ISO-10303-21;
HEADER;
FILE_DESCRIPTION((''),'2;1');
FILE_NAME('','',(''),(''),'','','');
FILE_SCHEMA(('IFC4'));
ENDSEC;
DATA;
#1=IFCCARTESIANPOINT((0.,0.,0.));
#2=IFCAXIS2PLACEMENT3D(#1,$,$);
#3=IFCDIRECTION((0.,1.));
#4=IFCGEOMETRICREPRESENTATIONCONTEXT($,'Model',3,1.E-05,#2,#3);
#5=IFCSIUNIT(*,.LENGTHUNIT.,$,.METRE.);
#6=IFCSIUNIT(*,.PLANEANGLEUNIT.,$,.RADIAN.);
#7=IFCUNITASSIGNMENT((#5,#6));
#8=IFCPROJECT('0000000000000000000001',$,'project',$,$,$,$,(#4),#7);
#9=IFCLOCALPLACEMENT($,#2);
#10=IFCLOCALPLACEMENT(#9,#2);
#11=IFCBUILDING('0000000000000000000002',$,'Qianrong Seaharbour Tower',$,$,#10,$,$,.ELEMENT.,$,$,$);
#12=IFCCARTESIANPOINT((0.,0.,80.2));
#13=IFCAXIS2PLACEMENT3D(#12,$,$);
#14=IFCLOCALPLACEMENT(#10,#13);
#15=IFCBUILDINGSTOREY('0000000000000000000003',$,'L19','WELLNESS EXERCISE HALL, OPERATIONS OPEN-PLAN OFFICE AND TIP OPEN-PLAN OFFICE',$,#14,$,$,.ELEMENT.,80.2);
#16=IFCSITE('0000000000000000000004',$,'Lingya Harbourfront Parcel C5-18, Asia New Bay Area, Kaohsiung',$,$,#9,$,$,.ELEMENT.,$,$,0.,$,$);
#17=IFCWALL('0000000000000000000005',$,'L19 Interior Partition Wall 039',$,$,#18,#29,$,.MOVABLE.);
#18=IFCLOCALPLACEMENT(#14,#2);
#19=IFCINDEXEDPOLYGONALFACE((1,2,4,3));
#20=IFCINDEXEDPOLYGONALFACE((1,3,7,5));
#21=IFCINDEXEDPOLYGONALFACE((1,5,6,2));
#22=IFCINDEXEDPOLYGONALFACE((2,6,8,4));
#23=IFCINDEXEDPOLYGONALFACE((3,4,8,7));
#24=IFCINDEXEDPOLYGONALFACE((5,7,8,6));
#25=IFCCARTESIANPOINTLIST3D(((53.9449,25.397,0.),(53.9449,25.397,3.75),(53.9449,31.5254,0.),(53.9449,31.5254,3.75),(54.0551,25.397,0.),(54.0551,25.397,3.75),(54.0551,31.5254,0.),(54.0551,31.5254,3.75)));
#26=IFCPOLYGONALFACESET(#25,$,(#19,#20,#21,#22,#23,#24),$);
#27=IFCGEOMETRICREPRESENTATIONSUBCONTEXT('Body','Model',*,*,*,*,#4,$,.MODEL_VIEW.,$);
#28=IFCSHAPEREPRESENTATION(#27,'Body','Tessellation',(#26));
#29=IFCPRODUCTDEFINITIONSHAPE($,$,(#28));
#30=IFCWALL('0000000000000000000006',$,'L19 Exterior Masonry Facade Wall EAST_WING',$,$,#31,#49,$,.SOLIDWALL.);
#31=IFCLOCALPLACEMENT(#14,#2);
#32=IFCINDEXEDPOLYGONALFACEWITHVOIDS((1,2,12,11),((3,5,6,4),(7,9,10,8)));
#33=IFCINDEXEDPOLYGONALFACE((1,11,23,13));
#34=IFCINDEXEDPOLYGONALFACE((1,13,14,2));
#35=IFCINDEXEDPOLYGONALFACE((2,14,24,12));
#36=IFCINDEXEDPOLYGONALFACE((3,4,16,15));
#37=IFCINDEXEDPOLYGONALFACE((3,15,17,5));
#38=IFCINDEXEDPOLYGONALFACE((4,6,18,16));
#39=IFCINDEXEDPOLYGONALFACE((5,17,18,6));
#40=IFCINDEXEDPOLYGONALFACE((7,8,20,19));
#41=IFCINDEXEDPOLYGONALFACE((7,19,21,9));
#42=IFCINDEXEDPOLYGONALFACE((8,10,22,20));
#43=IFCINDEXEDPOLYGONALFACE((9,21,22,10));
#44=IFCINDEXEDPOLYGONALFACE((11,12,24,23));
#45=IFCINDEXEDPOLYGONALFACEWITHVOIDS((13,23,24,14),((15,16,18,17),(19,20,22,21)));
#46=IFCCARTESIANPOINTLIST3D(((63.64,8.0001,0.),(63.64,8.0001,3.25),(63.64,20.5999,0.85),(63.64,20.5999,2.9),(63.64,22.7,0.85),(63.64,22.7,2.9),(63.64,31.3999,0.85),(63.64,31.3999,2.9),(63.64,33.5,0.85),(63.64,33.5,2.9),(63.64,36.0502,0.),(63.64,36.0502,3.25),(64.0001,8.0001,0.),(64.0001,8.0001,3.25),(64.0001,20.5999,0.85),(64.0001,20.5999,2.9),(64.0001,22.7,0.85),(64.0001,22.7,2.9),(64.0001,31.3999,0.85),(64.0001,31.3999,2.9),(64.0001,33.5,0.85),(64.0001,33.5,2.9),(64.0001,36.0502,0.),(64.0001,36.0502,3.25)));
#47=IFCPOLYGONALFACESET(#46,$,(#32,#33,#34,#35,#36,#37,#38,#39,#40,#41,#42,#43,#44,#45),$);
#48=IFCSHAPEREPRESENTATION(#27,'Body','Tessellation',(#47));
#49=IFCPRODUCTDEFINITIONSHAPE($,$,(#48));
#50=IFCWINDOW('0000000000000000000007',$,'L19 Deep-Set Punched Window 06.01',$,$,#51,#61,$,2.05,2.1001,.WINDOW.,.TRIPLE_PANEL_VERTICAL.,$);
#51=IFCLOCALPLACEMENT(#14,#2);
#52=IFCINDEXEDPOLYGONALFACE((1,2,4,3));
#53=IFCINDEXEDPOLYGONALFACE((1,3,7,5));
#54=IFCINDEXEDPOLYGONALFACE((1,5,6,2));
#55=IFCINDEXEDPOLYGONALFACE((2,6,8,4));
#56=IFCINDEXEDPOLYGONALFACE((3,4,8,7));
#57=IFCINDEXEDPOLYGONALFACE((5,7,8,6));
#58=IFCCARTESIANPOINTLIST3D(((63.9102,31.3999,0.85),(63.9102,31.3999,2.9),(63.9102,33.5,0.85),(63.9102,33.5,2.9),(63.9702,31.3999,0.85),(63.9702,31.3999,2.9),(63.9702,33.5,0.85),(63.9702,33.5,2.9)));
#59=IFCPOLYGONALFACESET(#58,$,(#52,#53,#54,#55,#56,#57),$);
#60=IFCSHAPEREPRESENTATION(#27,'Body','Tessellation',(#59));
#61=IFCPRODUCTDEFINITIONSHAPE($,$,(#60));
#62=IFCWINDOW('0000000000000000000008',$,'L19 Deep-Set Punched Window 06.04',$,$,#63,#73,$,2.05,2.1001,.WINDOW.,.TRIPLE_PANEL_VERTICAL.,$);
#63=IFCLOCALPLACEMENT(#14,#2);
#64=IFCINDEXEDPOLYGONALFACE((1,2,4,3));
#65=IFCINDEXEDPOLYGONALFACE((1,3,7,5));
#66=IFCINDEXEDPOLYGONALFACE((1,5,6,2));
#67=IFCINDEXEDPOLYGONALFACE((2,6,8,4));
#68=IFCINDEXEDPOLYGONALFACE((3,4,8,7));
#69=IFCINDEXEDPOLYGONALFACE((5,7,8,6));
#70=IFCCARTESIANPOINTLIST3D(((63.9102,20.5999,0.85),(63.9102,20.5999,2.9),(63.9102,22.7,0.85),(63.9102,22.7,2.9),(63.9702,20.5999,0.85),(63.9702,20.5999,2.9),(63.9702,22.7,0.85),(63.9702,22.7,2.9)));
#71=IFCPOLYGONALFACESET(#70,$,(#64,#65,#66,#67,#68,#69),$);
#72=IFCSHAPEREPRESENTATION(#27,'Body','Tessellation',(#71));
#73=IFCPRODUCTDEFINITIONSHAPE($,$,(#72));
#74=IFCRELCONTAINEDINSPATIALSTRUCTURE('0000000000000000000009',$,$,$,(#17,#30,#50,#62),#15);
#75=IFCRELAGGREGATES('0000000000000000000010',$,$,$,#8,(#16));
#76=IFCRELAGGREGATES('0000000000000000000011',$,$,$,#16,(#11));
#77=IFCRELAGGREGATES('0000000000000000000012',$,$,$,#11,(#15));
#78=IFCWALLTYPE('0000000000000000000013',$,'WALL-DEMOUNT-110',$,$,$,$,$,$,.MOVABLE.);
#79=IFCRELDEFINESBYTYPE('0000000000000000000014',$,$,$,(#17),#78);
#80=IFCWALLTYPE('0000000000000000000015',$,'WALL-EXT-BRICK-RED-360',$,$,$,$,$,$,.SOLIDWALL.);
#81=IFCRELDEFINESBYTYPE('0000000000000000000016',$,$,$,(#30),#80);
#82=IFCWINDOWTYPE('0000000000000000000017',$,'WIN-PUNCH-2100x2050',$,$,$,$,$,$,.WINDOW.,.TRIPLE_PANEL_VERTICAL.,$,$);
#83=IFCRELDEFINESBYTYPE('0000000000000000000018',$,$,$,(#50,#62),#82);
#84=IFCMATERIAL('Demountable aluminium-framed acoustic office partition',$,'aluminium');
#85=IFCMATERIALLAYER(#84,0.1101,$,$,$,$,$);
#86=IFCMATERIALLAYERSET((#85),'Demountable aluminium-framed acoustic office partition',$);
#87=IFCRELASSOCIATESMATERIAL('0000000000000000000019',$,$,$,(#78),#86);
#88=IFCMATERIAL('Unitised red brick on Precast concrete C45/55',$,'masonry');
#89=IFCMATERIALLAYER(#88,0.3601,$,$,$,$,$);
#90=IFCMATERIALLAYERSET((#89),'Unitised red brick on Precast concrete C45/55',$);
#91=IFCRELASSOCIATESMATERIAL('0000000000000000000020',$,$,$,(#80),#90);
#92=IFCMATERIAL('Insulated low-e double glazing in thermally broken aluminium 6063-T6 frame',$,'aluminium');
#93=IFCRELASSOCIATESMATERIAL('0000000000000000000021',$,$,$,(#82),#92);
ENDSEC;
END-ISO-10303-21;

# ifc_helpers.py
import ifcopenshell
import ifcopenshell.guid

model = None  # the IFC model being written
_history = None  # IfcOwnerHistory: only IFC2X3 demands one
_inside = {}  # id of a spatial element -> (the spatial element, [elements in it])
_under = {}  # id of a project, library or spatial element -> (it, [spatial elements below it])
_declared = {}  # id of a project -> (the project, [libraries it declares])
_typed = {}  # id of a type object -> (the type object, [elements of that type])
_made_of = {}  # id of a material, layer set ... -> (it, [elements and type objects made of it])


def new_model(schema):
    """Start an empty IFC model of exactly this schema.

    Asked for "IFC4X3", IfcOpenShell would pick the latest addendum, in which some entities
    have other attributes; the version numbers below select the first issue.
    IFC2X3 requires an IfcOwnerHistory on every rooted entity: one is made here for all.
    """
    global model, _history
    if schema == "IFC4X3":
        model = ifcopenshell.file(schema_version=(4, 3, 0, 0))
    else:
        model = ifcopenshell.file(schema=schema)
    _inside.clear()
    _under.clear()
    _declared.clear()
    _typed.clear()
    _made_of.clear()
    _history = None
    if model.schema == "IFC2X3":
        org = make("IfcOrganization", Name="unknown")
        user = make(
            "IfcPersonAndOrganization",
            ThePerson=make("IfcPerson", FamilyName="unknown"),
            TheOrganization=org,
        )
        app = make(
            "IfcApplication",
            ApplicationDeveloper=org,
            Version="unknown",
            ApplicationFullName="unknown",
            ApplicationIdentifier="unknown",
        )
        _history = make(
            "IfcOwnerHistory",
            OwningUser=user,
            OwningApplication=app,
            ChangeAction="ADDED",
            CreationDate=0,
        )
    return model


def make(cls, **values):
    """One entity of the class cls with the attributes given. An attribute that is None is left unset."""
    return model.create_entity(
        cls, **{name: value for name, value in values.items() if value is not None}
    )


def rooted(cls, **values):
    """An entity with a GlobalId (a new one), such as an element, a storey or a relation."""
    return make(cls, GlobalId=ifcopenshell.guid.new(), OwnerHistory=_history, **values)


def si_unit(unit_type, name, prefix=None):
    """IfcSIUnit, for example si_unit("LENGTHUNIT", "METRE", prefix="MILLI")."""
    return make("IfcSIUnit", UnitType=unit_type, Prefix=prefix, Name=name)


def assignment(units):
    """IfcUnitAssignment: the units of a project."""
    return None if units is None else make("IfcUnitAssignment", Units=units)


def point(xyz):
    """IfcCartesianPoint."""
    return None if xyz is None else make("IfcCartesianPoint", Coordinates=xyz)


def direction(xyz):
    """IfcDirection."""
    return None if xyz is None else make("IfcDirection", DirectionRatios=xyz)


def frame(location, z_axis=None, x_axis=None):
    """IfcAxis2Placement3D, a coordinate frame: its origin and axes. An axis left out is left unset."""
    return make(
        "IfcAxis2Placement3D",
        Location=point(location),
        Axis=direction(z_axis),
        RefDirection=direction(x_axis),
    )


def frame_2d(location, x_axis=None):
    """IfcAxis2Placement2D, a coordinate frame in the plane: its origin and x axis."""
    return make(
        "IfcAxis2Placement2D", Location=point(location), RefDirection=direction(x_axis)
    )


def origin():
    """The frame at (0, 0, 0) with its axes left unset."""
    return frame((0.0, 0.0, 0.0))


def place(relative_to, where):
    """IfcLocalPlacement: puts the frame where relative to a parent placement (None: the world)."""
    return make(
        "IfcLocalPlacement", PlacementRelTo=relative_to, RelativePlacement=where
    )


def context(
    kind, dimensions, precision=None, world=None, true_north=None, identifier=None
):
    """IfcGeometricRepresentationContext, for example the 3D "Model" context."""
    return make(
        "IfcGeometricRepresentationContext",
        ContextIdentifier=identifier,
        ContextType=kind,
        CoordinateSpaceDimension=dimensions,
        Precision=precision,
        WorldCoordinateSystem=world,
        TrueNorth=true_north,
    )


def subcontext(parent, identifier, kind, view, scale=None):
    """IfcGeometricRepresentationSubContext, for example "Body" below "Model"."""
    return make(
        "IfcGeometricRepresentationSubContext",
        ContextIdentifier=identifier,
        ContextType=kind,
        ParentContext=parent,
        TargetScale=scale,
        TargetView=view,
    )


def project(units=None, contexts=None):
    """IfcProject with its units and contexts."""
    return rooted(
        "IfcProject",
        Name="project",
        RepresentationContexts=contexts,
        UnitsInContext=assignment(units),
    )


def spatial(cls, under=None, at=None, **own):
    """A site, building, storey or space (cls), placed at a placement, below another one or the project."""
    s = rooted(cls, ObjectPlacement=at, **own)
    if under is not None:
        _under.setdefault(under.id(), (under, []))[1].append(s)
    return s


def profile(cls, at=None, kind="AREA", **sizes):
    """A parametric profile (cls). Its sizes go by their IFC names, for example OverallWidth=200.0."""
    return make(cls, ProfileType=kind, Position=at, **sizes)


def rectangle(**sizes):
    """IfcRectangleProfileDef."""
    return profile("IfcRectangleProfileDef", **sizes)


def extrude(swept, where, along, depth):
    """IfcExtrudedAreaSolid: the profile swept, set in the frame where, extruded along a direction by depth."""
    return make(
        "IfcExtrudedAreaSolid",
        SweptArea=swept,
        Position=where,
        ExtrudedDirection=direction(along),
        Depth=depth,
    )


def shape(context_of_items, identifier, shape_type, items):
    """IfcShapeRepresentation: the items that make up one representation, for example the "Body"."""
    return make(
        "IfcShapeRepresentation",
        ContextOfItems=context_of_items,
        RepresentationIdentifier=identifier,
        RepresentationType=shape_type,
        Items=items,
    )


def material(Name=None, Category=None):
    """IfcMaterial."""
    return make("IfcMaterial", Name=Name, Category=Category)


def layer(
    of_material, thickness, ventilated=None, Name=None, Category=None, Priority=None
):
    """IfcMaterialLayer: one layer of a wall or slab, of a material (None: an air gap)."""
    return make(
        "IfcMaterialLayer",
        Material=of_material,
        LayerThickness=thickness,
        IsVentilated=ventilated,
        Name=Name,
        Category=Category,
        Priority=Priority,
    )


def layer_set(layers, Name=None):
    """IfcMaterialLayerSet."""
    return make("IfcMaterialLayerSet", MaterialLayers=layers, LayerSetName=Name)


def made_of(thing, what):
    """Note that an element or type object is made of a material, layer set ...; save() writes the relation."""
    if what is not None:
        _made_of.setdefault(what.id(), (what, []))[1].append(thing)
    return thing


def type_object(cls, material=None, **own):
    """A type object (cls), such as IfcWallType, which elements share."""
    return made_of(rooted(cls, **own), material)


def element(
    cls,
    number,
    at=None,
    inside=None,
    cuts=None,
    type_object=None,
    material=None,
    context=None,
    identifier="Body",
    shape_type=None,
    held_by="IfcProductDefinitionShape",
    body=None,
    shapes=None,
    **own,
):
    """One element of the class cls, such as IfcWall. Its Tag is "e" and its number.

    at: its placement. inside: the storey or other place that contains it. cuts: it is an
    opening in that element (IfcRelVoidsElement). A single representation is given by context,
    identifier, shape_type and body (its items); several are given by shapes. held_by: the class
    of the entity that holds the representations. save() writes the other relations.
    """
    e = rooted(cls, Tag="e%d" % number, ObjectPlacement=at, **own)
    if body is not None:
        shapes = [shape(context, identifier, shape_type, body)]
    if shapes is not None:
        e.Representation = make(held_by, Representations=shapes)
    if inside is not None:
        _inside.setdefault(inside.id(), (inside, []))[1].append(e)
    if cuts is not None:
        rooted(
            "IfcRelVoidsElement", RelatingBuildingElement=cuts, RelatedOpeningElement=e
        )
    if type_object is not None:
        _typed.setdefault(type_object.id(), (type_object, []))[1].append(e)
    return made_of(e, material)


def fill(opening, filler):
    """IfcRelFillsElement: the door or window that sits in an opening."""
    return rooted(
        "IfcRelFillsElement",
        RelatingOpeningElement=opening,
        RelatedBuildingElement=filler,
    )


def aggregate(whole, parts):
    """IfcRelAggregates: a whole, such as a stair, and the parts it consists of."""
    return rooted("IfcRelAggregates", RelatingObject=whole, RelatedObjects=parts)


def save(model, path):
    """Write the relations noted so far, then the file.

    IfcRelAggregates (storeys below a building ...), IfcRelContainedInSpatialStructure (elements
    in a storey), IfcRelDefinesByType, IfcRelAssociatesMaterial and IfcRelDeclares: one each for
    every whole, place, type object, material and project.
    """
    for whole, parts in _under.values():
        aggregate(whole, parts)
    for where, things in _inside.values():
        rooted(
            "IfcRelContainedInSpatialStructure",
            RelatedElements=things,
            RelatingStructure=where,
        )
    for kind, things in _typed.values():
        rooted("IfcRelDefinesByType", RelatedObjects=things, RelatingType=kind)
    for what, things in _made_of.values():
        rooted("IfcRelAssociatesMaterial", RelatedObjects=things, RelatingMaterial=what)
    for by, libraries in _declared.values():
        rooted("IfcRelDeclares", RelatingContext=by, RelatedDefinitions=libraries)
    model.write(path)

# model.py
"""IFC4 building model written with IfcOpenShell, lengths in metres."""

from ifc_helpers import new_model, si_unit, direction, frame, frame_2d, origin, place, context, subcontext, project, spatial, rectangle, extrude, material, layer, layer_set, type_object, element, fill, save


model = new_model("IFC4")

# Units and contexts
model_context = context("Model", 3, precision=1e-05, world=origin(), true_north=direction((0.0, 1.0)))
body_context = subcontext(model_context, "Body", "Model", "MODEL_VIEW")
ifc_project = project(units=[si_unit("LENGTHUNIT", "METRE"), si_unit("PLANEANGLEUNIT", "RADIAN")], contexts=[model_context])

# Site, building, storey
site_placement = place(None, origin())
site = spatial("IfcSite", under=ifc_project, at=site_placement, Name="Lingya Harbourfront Parcel C5-18, Asia New Bay Area, Kaohsiung", CompositionType="ELEMENT", RefElevation=0.0)
building_placement = place(site_placement, origin())
building = spatial("IfcBuilding", under=site, at=building_placement, Name="Qianrong Seaharbour Tower", CompositionType="ELEMENT")
storey_placement = place(building_placement, frame((0.0, 0.0, 80.2)))
storey = spatial("IfcBuildingStorey", under=building, at=storey_placement, Name="L19", Description="WELLNESS EXERCISE HALL, OPERATIONS OPEN-PLAN OFFICE AND TIP OPEN-PLAN OFFICE", CompositionType="ELEMENT", Elevation=80.2)

# Wall
ifc_material_1 = material(Name="Demountable aluminium-framed acoustic office partition", Category="aluminium")
ifc_layer_1 = layer(ifc_material_1, 0.1101)
ifc_layer_set_1 = layer_set([ifc_layer_1], Name="Demountable aluminium-framed acoustic office partition")
wall_type_1 = type_object("IfcWallType", Name="WALL-DEMOUNT-110", PredefinedType="MOVABLE", material=ifc_layer_set_1)
wall_1_placement = place(storey_placement, frame((54.0, 31.5254, 0.0), z_axis=(0.0, 0.0, 1.0), x_axis=(0.0, -1.0, 0.0)))
element("IfcWall", 1, at=wall_1_placement, inside=storey, type_object=wall_type_1, Name="L19 Interior Partition Wall 039", PredefinedType="MOVABLE", context=body_context, shape_type="SweptSolid", body=[
    extrude(rectangle(XDim=6.1284, YDim=0.1101, at=frame_2d((3.0642, 0.0))), origin(), (0.0, 0.0, 1.0), 3.75),
])

# Wall, openings, windows
ifc_material_2 = material(Name="Unitised red brick on Precast concrete C45/55", Category="masonry")
ifc_layer_2 = layer(ifc_material_2, 0.3601)
ifc_layer_set_2 = layer_set([ifc_layer_2], Name="Unitised red brick on Precast concrete C45/55")
wall_type_2 = type_object("IfcWallType", Name="WALL-EXT-BRICK-RED-360", PredefinedType="SOLIDWALL", material=ifc_layer_set_2)
wall_2_placement = place(storey_placement, frame((63.8201, 36.05, 0.0), z_axis=(0.0, 0.0, 1.0), x_axis=(0.0, -1.0, 0.0)))
wall_2 = element("IfcWall", 2, at=wall_2_placement, inside=storey, type_object=wall_type_2, Name="L19 Exterior Masonry Facade Wall EAST_WING", PredefinedType="SOLIDWALL", context=body_context, shape_type="SweptSolid", body=[
    extrude(rectangle(XDim=28.05, YDim=0.3601, at=frame_2d((14.0249, 0.0))), origin(), (0.0, 0.0, 1.0), 3.25),
])
opening_1_placement = place(wall_2_placement, frame((2.55, 0.0, 0.8501)))
opening_1 = element("IfcOpeningElement", 3, at=opening_1_placement, cuts=wall_2, PredefinedType="OPENING", context=body_context, shape_type="SweptSolid", body=[
    extrude(rectangle(XDim=2.1001, YDim=2.05, at=frame_2d((1.05, 1.0249))), frame((0.0, 0.1899, 0.0), z_axis=(0.0, -1.0, 0.0), x_axis=(1.0, 0.0, 0.0)), (0.0, 0.0, 1.0), 0.3801),
])
opening_2_placement = place(wall_2_placement, frame((13.3501, 0.0, 0.8501)))
opening_2 = element("IfcOpeningElement", 4, at=opening_2_placement, cuts=wall_2, PredefinedType="OPENING", context=body_context, shape_type="SweptSolid", body=[
    extrude(rectangle(XDim=2.1001, YDim=2.05, at=frame_2d((1.05, 1.0249))), frame((0.0, 0.1899, 0.0), z_axis=(0.0, -1.0, 0.0), x_axis=(1.0, 0.0, 0.0)), (0.0, 0.0, 1.0), 0.3801),
])
ifc_material_3 = material(Name="Insulated low-e double glazing in thermally broken aluminium 6063-T6 frame", Category="aluminium")
window_type = type_object("IfcWindowType", Name="WIN-PUNCH-2100x2050", PartitioningType="TRIPLE_PANEL_VERTICAL", PredefinedType="WINDOW", material=ifc_material_3)
window_1_placement = place(opening_1_placement, origin())
window_1 = element("IfcWindow", 5, at=window_1_placement, inside=storey, type_object=window_type, Name="L19 Deep-Set Punched Window 06.01", OverallHeight=2.05, OverallWidth=2.1001, PartitioningType="TRIPLE_PANEL_VERTICAL", PredefinedType="WINDOW", context=body_context, shape_type="SweptSolid", body=[
    extrude(rectangle(XDim=2.1001, YDim=2.05, at=frame_2d((1.05, 1.0249))), frame((0.0, 0.1501, 0.0), z_axis=(0.0, -1.0, 0.0), x_axis=(1.0, 0.0, 0.0)), (0.0, 0.0, 1.0), 0.0601),
])
fill(opening_1, window_1)
window_2_placement = place(opening_2_placement, origin())
window_2 = element("IfcWindow", 6, at=window_2_placement, inside=storey, type_object=window_type, Name="L19 Deep-Set Punched Window 06.04", OverallHeight=2.05, OverallWidth=2.1001, PartitioningType="TRIPLE_PANEL_VERTICAL", PredefinedType="WINDOW", context=body_context, shape_type="SweptSolid", body=[
    extrude(rectangle(XDim=2.1001, YDim=2.05, at=frame_2d((1.05, 1.0249))), frame((0.0, 0.1501, 0.0), z_axis=(0.0, -1.0, 0.0), x_axis=(1.0, 0.0, 0.0)), (0.0, 0.0, 1.0), 0.0601),
])
fill(opening_2, window_2)

save(model, "model.ifc")
